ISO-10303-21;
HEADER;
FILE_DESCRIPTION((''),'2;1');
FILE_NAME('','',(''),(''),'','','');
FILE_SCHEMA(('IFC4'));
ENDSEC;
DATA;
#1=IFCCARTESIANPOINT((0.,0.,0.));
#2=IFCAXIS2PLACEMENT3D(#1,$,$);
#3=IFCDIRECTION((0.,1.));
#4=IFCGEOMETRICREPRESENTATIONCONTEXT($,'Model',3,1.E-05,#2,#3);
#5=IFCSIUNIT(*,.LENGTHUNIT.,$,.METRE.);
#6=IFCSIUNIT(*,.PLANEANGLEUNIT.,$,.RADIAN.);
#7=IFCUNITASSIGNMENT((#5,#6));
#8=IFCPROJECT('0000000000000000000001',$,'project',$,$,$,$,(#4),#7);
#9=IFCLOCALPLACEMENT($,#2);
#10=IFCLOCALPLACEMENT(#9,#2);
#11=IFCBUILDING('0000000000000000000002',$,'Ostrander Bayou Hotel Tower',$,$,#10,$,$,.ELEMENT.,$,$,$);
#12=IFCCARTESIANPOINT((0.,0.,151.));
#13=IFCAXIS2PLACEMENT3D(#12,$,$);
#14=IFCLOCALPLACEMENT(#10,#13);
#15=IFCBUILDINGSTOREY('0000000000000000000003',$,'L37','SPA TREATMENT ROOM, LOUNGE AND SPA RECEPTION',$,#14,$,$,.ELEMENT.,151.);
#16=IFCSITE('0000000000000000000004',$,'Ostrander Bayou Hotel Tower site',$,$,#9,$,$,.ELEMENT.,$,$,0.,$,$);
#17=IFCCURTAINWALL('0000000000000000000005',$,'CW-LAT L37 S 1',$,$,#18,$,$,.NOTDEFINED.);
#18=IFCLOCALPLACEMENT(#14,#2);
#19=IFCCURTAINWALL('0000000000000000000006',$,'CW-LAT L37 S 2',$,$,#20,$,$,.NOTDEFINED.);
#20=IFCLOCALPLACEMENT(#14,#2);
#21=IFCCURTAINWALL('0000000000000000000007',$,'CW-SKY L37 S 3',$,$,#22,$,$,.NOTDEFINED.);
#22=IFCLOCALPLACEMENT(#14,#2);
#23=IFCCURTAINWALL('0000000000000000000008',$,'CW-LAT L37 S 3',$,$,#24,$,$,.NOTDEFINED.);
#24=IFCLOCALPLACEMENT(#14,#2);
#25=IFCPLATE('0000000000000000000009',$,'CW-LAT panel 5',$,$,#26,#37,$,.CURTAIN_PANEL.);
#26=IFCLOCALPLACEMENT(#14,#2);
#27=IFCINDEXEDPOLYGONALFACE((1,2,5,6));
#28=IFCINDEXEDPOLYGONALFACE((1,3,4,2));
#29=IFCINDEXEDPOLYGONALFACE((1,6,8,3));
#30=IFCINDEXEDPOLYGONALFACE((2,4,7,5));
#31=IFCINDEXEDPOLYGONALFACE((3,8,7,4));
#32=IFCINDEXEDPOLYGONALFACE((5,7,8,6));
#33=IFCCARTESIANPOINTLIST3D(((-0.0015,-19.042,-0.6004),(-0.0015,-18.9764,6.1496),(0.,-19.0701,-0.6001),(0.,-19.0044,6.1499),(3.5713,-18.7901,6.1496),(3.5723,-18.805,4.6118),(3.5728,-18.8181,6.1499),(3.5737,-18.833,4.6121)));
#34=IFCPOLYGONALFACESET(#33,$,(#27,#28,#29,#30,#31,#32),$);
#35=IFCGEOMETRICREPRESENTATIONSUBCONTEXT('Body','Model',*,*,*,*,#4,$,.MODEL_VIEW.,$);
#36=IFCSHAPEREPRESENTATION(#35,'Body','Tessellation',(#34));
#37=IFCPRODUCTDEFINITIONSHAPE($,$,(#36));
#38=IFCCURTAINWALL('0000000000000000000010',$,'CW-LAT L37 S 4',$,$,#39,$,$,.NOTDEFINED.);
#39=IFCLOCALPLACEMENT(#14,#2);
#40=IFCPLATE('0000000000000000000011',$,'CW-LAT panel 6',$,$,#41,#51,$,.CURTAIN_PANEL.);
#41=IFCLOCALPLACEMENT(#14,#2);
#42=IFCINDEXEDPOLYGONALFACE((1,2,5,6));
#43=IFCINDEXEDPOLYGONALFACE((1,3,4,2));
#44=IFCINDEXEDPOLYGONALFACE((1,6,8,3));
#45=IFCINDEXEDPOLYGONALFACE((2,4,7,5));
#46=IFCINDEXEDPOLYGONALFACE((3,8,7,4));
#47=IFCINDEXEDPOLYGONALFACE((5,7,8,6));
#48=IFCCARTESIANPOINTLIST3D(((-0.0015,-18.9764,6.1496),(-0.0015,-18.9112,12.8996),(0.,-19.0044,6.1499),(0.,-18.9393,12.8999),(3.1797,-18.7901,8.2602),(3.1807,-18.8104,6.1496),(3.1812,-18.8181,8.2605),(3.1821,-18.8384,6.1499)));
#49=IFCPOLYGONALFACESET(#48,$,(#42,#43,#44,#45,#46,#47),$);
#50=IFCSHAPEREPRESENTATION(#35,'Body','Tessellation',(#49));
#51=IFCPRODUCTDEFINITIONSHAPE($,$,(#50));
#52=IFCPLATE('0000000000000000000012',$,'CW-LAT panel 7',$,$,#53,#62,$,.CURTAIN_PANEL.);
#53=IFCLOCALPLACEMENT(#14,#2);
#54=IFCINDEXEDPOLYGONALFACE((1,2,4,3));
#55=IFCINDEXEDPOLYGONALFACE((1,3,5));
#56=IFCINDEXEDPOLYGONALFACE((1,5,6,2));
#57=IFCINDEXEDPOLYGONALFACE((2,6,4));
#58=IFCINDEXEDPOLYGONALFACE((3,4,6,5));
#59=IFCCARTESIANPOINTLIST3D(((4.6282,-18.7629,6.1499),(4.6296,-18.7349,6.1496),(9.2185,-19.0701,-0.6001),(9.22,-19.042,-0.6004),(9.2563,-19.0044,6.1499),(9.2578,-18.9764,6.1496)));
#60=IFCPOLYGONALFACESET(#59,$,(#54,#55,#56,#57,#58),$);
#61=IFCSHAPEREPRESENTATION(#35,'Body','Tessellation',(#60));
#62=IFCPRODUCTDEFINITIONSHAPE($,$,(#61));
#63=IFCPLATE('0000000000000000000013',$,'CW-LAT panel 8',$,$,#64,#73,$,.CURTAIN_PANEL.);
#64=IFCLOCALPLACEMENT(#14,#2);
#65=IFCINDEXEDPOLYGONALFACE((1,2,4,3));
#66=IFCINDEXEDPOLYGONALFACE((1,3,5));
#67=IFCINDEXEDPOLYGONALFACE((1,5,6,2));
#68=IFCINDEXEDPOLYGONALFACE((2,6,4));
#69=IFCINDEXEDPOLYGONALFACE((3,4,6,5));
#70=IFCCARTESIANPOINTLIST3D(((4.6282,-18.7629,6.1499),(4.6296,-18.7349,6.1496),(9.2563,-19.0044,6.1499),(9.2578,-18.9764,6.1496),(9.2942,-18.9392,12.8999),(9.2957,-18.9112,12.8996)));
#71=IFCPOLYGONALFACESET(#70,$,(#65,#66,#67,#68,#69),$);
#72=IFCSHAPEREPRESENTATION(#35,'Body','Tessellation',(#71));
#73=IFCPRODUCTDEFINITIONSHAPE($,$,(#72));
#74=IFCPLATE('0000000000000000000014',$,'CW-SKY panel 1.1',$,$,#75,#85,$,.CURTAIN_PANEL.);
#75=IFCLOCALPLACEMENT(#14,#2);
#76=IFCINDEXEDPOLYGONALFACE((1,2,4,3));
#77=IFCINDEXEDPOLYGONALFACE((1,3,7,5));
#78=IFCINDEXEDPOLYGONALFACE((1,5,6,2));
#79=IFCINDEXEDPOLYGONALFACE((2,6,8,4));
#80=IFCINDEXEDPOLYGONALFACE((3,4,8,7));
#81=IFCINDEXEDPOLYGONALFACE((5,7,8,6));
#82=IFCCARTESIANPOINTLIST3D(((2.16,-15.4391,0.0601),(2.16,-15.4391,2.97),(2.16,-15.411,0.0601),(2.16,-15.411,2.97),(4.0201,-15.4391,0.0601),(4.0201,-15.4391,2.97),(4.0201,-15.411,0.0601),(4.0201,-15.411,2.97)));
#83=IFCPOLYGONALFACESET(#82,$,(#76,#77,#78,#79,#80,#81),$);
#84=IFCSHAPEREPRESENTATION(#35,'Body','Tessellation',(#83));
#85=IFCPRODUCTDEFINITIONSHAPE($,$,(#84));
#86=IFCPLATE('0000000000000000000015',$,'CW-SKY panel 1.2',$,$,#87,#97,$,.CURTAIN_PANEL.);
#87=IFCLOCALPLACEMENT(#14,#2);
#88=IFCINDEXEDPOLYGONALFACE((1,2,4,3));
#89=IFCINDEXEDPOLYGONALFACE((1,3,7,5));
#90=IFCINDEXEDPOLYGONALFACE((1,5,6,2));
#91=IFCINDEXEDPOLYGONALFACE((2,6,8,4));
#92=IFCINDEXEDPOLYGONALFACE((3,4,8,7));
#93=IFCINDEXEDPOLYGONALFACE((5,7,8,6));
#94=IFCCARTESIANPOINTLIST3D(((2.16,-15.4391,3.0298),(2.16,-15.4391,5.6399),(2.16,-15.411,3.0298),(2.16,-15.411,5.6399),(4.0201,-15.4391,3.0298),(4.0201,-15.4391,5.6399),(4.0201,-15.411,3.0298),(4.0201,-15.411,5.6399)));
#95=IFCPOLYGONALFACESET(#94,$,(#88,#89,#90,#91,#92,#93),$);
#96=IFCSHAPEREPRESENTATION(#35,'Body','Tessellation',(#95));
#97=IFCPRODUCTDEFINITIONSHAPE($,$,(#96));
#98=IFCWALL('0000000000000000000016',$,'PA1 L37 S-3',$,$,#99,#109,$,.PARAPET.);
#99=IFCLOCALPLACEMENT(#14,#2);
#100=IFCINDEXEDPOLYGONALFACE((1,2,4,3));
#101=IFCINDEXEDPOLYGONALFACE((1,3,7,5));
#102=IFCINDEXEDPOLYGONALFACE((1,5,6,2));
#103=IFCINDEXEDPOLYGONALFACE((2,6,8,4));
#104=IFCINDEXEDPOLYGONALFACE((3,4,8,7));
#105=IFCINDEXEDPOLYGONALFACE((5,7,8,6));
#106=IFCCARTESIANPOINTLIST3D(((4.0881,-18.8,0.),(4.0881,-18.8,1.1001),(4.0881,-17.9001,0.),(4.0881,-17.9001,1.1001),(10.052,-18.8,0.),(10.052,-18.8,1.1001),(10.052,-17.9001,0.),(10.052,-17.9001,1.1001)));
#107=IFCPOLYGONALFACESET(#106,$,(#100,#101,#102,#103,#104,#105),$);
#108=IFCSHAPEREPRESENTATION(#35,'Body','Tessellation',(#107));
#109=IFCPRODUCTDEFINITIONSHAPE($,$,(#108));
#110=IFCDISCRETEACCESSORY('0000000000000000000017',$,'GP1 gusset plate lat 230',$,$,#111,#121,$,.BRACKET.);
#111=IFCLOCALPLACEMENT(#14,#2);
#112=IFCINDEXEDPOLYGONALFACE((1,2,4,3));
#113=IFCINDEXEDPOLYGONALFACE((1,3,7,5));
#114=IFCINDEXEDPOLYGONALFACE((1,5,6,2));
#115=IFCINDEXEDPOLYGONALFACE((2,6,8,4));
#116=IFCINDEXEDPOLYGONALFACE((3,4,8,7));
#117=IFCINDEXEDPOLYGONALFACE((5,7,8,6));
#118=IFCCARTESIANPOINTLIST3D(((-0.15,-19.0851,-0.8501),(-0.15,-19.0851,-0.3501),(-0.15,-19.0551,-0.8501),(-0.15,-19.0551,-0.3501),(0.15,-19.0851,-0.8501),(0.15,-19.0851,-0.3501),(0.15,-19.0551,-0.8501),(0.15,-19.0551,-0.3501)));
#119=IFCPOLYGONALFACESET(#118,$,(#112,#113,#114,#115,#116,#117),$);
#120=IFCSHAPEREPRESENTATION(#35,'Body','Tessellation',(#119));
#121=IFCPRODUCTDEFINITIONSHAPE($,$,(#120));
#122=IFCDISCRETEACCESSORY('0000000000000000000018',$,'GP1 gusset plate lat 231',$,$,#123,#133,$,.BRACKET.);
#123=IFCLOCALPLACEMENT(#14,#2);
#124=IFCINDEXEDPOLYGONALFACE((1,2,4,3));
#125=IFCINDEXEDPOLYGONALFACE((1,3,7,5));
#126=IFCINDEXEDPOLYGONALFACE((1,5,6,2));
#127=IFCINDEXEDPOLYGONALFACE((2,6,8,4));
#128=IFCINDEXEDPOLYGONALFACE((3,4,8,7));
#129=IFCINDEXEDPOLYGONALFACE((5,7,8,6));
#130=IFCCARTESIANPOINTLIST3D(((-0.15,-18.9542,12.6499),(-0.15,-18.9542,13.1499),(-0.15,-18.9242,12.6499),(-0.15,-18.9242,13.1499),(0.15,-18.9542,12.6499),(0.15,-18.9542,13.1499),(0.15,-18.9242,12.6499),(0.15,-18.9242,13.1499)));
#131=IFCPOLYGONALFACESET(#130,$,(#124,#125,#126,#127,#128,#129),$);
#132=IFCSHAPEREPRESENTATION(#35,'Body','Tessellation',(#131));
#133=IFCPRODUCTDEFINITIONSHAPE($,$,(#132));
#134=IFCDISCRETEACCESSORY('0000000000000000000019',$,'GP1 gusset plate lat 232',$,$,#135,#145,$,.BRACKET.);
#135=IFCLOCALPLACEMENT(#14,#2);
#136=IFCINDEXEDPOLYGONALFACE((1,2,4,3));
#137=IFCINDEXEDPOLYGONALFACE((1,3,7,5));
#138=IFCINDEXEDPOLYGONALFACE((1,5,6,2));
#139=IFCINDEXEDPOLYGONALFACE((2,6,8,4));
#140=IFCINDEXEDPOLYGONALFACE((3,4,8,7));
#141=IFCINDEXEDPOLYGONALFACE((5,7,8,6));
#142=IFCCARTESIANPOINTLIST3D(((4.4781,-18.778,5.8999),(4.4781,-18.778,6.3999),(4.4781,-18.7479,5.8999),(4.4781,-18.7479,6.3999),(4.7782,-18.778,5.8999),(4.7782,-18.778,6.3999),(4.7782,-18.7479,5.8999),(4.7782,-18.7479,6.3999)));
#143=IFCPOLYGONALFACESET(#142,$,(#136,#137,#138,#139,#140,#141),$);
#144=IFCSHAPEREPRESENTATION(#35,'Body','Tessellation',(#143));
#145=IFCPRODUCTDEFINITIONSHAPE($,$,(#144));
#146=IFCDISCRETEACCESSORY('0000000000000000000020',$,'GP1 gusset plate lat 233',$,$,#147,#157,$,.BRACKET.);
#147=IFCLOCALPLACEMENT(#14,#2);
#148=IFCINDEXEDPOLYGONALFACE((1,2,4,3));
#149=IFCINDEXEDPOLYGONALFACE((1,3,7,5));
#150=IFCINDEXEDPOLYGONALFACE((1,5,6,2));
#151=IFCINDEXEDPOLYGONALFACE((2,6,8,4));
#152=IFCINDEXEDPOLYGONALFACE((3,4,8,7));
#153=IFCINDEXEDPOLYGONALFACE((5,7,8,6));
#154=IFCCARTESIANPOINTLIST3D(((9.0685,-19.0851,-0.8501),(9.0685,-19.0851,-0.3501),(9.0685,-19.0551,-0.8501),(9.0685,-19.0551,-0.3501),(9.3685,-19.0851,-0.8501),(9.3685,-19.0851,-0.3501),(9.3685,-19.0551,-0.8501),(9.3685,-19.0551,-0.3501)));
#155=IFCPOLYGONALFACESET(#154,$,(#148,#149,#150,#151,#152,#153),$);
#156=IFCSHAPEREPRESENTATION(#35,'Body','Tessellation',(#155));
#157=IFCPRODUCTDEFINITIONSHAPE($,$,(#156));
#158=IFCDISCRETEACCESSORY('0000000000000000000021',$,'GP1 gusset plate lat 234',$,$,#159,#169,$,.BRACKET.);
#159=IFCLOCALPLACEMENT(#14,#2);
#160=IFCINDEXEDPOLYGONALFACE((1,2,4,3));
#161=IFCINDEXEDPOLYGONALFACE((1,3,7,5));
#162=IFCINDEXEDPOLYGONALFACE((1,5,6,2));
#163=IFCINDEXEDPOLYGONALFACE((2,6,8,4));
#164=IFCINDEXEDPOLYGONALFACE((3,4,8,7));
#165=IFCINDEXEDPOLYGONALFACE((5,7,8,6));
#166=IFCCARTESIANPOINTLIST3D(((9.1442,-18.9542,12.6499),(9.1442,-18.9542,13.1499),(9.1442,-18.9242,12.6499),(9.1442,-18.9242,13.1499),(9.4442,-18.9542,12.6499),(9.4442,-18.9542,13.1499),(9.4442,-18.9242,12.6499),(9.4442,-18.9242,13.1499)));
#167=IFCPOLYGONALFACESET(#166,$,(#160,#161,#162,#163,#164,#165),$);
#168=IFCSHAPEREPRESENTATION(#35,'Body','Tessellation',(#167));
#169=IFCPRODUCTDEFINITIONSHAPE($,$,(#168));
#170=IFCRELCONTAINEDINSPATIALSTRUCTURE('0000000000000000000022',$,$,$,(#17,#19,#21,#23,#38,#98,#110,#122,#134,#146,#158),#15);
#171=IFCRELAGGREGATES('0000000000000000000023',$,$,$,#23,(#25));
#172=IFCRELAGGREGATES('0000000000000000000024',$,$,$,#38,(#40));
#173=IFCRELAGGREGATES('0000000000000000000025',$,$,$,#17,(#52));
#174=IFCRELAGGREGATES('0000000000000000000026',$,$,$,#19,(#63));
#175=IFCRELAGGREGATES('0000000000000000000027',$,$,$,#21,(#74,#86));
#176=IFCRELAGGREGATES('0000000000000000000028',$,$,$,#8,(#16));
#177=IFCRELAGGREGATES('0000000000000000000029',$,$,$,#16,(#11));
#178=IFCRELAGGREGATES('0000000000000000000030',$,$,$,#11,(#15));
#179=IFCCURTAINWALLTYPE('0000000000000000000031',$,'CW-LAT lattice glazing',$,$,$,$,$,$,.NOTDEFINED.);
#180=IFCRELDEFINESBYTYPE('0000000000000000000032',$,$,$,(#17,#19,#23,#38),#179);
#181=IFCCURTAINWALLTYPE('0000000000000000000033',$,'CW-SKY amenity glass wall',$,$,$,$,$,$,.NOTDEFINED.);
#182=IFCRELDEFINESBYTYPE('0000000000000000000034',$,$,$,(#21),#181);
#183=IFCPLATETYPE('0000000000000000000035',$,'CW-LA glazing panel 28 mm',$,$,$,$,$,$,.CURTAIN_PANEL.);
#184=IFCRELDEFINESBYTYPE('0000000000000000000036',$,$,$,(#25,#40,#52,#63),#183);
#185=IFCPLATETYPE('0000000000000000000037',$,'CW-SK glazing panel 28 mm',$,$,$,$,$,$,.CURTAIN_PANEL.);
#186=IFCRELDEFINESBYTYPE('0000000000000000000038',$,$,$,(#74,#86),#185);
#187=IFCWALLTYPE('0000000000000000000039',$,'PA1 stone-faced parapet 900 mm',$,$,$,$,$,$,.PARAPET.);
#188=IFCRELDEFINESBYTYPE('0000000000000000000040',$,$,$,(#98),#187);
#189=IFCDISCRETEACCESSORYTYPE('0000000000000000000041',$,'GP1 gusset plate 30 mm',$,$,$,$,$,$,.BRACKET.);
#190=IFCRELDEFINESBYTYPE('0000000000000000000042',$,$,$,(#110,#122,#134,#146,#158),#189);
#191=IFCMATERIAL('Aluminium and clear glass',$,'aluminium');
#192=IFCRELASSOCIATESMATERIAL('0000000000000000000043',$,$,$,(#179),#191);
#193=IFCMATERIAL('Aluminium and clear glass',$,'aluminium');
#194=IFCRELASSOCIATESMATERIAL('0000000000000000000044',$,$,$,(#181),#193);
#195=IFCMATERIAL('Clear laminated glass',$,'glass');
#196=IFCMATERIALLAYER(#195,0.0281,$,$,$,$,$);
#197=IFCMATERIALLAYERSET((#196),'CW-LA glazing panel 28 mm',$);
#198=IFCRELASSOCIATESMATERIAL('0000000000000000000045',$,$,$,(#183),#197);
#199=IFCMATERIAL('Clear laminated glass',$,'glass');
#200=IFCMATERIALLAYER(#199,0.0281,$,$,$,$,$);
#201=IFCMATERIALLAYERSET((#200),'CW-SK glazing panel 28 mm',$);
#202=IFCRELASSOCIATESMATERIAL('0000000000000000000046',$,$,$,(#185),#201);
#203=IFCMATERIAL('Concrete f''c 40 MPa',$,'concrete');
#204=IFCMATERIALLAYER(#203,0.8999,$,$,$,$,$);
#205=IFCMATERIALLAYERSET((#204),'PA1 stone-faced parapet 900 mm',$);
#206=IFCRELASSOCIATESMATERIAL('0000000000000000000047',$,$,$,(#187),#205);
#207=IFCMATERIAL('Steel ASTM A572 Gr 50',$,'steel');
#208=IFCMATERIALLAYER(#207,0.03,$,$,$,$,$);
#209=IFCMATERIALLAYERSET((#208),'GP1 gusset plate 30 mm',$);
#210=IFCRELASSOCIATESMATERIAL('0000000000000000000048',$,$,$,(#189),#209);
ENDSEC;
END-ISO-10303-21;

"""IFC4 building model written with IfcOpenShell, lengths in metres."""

from ifc_helpers import new_model, si_unit, direction, frame, frame_2d, origin, origin_2d, place, context, subcontext, project, spatial, polyline, rectangle, outline, extrude, material, layer, layer_set, type_object, element, aggregate, save


model = new_model("IFC4")

# Units and contexts
model_context = context("Model", 3, precision=1e-05, world=origin(), true_north=direction((0.0, 1.0)))
body_context = subcontext(model_context, "Body", "Model", "MODEL_VIEW")
ifc_project = project(units=[si_unit("LENGTHUNIT", "METRE"), si_unit("PLANEANGLEUNIT", "RADIAN")], contexts=[model_context])

# Site, building, storey
site_placement = place(None, origin())
site = spatial("IfcSite", under=ifc_project, at=site_placement, Name="Ostrander Bayou Hotel Tower site", CompositionType="ELEMENT", RefElevation=0.0)
building_placement = place(site_placement, origin())
building = spatial("IfcBuilding", under=site, at=building_placement, Name="Ostrander Bayou Hotel Tower", CompositionType="ELEMENT")
storey_placement = place(building_placement, frame((0.0, 0.0, 151.0)))
storey = spatial("IfcBuildingStorey", under=building, at=storey_placement, Name="L37", Description="SPA TREATMENT ROOM, LOUNGE AND SPA RECEPTION", CompositionType="ELEMENT", Elevation=151.0)

# Curtain walls
ifc_material_1 = material(Name="Aluminium and clear glass", Category="aluminium")
curtain_wall_type_1 = type_object("IfcCurtainWallType", Name="CW-LAT lattice glazing", PredefinedType="NOTDEFINED", material=ifc_material_1)
curtain_wall_1_placement = place(storey_placement, origin())
curtain_wall_1 = element("IfcCurtainWall", 1, at=curtain_wall_1_placement, inside=storey, type_object=curtain_wall_type_1, Name="CW-LAT L37 S 1", PredefinedType="NOTDEFINED")
curtain_wall_2_placement = place(storey_placement, origin())
curtain_wall_2 = element("IfcCurtainWall", 2, at=curtain_wall_2_placement, inside=storey, type_object=curtain_wall_type_1, Name="CW-LAT L37 S 2", PredefinedType="NOTDEFINED")
ifc_material_2 = material(Name="Aluminium and clear glass", Category="aluminium")
curtain_wall_type_2 = type_object("IfcCurtainWallType", Name="CW-SKY amenity glass wall", PredefinedType="NOTDEFINED", material=ifc_material_2)
curtain_wall_3_placement = place(storey_placement, origin())
curtain_wall_3 = element("IfcCurtainWall", 3, at=curtain_wall_3_placement, inside=storey, type_object=curtain_wall_type_2, Name="CW-SKY L37 S 3", PredefinedType="NOTDEFINED")

# Curtain walls, plates
curtain_wall_4_placement = place(storey_placement, origin())
curtain_wall_4 = element("IfcCurtainWall", 4, at=curtain_wall_4_placement, inside=storey, type_object=curtain_wall_type_1, Name="CW-LAT L37 S 3", PredefinedType="NOTDEFINED")
ifc_material_3 = material(Name="Clear laminated glass", Category="glass")
ifc_layer_1 = layer(ifc_material_3, 0.0281)
ifc_layer_set_1 = layer_set([ifc_layer_1], Name="CW-LA glazing panel 28 mm")
plate_type_1 = type_object("IfcPlateType", Name="CW-LA glazing panel 28 mm", PredefinedType="CURTAIN_PANEL", material=ifc_layer_set_1)
plate_1_placement = place(storey_placement, frame((3.5737, -18.833, 4.6121), z_axis=(0.05207, -0.998596, 0.009714), x_axis=(-0.565097, -0.037483, -0.824173)))
plate_1 = element("IfcPlate", 5, at=plate_1_placement, type_object=plate_type_1, Name="CW-LAT panel 5", PredefinedType="CURTAIN_PANEL", context=body_context, shape_type="SweptSolid", body=[
    extrude(outline(polyline([(0.0, 0.0), (6.3241, 0.0), (0.7585, -3.8198), (-1.2675, -0.8711), (0.0, 0.0)])), origin(), (0.0, 0.0, -1.0), 0.0281),
])
aggregate(curtain_wall_4, [plate_1])
curtain_wall_5_placement = place(storey_placement, origin())
curtain_wall_5 = element("IfcCurtainWall", 6, at=curtain_wall_5_placement, inside=storey, type_object=curtain_wall_type_1, Name="CW-LAT L37 S 4", PredefinedType="NOTDEFINED")
plate_2_placement = place(storey_placement, frame((3.1812, -18.8181, 8.2605), z_axis=(0.052082, -0.998596, 0.009636), x_axis=(-0.565378, -0.021531, 0.824551)))
plate_2 = element("IfcPlate", 7, at=plate_2_placement, type_object=plate_type_1, Name="CW-LAT panel 6", PredefinedType="CURTAIN_PANEL", context=body_context, shape_type="SweptSolid", body=[
    extrude(outline(polyline([(0.0, 0.0), (5.6266, 0.0), (0.0623, 3.8217), (-1.7404, 1.1942), (0.0, 0.0)])), origin(), (0.0, 0.0, -1.0), 0.0281),
])
aggregate(curtain_wall_5, [plate_2])

# Plates
plate_3_placement = place(storey_placement, frame((4.6282, -18.7629, 6.1499), z_axis=(-0.052097, -0.998592, 0.010008), x_axis=(0.56194, -0.037598, -0.826323)))
plate_3 = element("IfcPlate", 8, at=plate_3_placement, type_object=plate_type_1, Name="CW-LAT panel 7", PredefinedType="CURTAIN_PANEL", context=body_context, shape_type="SweptSolid", body=[
    extrude(outline(polyline([(0.0, 0.0), (8.1687, 0.0), (2.6098, 3.8298), (0.0, 0.0)])), origin(), (0.0, 0.0, -1.0), 0.0281),
])
aggregate(curtain_wall_1, [plate_3])
plate_4_placement = place(storey_placement, frame((4.6282, -18.7629, 6.1499), z_axis=(-0.052097, -0.998593, 0.009936), x_axis=(0.568497, -0.021476, 0.822405)))
plate_4 = element("IfcPlate", 9, at=plate_4_placement, type_object=plate_type_1, Name="CW-LAT panel 8", PredefinedType="CURTAIN_PANEL", context=body_context, shape_type="SweptSolid", body=[
    extrude(outline(polyline([(0.0, 0.0), (8.2076, 0.0), (2.6363, -3.8116), (0.0, 0.0)])), origin(), (0.0, 0.0, -1.0), 0.0281),
])
aggregate(curtain_wall_2, [plate_4])
ifc_material_4 = material(Name="Clear laminated glass", Category="glass")
ifc_layer_2 = layer(ifc_material_4, 0.0281)
ifc_layer_set_2 = layer_set([ifc_layer_2], Name="CW-SK glazing panel 28 mm")
plate_type_2 = type_object("IfcPlateType", Name="CW-SK glazing panel 28 mm", PredefinedType="CURTAIN_PANEL", material=ifc_layer_set_2)
plate_5_placement = place(storey_placement, frame((3.0901, -15.425, 0.0601), z_axis=(0.0, 0.0, 1.0), x_axis=(1.0, 0.0, 0.0)))
plate_5 = element("IfcPlate", 10, at=plate_5_placement, type_object=plate_type_2, Name="CW-SKY panel 1.1", PredefinedType="CURTAIN_PANEL", context=body_context, shape_type="SweptSolid", body=[
    extrude(rectangle(XDim=1.8601, YDim=0.0281, at=origin_2d()), origin(), (0.0, 0.0, 1.0), 2.9099),
])
plate_6_placement = place(storey_placement, frame((3.0901, -15.425, 3.0298), z_axis=(0.0, 0.0, 1.0), x_axis=(1.0, 0.0, 0.0)))
plate_6 = element("IfcPlate", 11, at=plate_6_placement, type_object=plate_type_2, Name="CW-SKY panel 1.2", PredefinedType="CURTAIN_PANEL", context=body_context, shape_type="SweptSolid", body=[
    extrude(rectangle(XDim=1.8601, YDim=0.0281, at=origin_2d()), origin(), (0.0, 0.0, 1.0), 2.6101),
])
aggregate(curtain_wall_3, [plate_5, plate_6])

# Wall
ifc_material_5 = material(Name="Concrete f'c 40 MPa", Category="concrete")
ifc_layer_3 = layer(ifc_material_5, 0.8999)
ifc_layer_set_3 = layer_set([ifc_layer_3], Name="PA1 stone-faced parapet 900 mm")
wall_type = type_object("IfcWallType", Name="PA1 stone-faced parapet 900 mm", PredefinedType="PARAPET", material=ifc_layer_set_3)
wall_placement = place(storey_placement, frame((4.0881, -18.3501, 0.0), z_axis=(0.0, 0.0, 1.0), x_axis=(1.0, 0.0, 0.0)))
element("IfcWall", 12, at=wall_placement, inside=storey, type_object=wall_type, Name="PA1 L37 S-3", PredefinedType="PARAPET", context=body_context, shape_type="SweptSolid", body=[
    extrude(rectangle(XDim=5.9639, YDim=0.8999, at=frame_2d((2.9819, 0.0))), origin(), (0.0, 0.0, 1.0), 1.1001),
])

# Discrete accessories
ifc_material_6 = material(Name="Steel ASTM A572 Gr 50", Category="steel")
ifc_layer_4 = layer(ifc_material_6, 0.03)
ifc_layer_set_4 = layer_set([ifc_layer_4], Name="GP1 gusset plate 30 mm")
discrete_accessory_type = type_object("IfcDiscreteAccessoryType", Name="GP1 gusset plate 30 mm", PredefinedType="BRACKET", material=ifc_layer_set_4)
for number, where, z_axis, x_axis, name in (
    (13, (0.0, -19.0701, -0.8501), (0.0, 0.0, 1.0), (1.0, 0.0, 0.0), "GP1 gusset plate lat 230"),
    (14, (0.0, -18.9392, 12.6499), (0.0, 0.0, 1.0), (1.0, 0.0, 0.0), "GP1 gusset plate lat 231"),
    (15, (4.6282, -18.7629, 5.8999), (0.0, 0.0, 1.0), (1.0, 0.0, 0.0), "GP1 gusset plate lat 232"),
    (16, (9.2185, -19.0701, -0.8501), (0.0, 0.0, 1.0), (1.0, 0.0, 0.0), "GP1 gusset plate lat 233"),
    (17, (9.2942, -18.9392, 12.6499), (0.0, 0.0, 1.0), (1.0, 0.0, 0.0), "GP1 gusset plate lat 234"),
):
    element("IfcDiscreteAccessory", number, at=place(storey_placement, frame(where, z_axis=z_axis, x_axis=x_axis)), inside=storey, type_object=discrete_accessory_type, Name=name, PredefinedType="BRACKET", context=body_context, shape_type="SweptSolid", body=[
        extrude(rectangle(XDim=0.3, YDim=0.03, at=origin_2d()), origin(), (0.0, 0.0, 1.0), 0.5),
    ])

save(model, "model.ifc")
